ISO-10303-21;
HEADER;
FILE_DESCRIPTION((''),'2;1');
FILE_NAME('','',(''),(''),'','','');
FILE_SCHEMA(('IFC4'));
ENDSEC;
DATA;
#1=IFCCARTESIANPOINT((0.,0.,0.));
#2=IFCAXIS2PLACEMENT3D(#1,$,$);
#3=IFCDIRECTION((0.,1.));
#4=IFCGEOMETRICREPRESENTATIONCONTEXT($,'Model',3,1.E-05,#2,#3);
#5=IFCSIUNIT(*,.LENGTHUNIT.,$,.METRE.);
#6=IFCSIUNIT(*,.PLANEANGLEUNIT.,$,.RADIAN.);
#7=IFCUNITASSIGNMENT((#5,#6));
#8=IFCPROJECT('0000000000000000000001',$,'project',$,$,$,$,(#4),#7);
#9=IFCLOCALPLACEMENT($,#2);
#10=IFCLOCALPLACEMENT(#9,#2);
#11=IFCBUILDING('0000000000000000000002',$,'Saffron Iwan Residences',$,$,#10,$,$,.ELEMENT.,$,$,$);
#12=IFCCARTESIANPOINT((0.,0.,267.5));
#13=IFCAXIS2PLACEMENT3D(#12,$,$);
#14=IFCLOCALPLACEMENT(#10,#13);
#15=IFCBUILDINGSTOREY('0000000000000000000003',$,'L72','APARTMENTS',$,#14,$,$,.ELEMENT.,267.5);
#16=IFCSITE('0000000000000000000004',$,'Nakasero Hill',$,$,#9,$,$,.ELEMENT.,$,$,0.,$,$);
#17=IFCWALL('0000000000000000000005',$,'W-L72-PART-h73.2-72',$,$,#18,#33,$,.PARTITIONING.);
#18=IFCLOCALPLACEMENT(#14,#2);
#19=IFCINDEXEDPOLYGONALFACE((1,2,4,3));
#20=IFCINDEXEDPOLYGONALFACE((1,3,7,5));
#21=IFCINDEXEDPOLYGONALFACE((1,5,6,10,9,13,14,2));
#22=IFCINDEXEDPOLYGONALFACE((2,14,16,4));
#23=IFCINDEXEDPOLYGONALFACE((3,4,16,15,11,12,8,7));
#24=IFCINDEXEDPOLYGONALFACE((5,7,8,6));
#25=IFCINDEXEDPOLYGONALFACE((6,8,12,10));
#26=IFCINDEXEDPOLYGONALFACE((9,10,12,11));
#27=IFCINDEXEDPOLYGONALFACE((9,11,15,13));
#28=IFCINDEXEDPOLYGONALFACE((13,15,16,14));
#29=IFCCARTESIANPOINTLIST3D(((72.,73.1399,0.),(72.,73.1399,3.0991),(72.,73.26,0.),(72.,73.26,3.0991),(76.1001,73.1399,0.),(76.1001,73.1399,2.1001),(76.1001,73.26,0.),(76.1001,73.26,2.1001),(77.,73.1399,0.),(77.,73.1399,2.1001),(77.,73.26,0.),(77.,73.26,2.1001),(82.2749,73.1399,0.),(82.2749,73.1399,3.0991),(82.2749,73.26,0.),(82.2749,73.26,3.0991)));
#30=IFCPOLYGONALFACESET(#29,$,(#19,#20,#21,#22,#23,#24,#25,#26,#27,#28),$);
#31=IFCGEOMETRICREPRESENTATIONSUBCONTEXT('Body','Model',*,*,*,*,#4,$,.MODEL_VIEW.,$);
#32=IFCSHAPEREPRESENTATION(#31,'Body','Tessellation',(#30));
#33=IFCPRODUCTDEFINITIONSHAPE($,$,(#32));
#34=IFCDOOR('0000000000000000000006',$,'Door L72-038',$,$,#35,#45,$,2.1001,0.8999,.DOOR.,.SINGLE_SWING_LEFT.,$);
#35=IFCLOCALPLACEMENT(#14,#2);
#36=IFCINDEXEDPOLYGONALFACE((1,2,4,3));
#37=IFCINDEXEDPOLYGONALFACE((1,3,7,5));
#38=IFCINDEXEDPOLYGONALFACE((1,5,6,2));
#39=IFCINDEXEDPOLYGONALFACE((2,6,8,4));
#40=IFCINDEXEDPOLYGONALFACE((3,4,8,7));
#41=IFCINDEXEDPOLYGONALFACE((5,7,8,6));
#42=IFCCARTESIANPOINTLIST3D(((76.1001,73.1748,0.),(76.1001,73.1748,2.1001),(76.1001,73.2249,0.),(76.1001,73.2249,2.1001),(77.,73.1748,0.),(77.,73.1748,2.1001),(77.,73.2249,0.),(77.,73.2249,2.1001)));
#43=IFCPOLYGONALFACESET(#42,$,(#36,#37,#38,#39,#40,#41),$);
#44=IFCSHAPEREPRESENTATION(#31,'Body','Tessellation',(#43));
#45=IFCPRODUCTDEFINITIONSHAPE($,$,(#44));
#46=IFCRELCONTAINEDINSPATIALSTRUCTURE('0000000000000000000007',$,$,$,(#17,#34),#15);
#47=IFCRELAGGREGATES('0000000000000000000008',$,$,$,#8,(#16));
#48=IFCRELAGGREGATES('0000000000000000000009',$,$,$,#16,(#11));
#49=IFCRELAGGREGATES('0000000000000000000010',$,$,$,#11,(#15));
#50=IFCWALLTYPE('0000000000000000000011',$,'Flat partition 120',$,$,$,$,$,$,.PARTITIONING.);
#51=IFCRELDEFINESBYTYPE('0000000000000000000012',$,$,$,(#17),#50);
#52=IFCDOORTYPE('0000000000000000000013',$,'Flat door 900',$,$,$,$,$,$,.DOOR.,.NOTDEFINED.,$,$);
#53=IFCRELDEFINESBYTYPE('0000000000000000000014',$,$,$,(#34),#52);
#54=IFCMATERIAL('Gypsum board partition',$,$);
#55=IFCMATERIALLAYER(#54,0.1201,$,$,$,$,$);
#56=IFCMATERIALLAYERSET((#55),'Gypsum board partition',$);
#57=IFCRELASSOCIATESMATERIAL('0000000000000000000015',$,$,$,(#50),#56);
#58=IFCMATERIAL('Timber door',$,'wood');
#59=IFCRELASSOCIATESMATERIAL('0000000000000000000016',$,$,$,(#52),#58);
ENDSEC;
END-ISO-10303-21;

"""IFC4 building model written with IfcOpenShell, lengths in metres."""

from ifc_helpers import new_model, si_unit, direction, frame, frame_2d, origin, place, context, subcontext, project, spatial, rectangle, extrude, material, layer, layer_set, type_object, element, fill, save


model = new_model("IFC4")

# Units and contexts
model_context = context("Model", 3, precision=1e-05, world=origin(), true_north=direction((0.0, 1.0)))
body_context = subcontext(model_context, "Body", "Model", "MODEL_VIEW")
ifc_project = project(units=[si_unit("LENGTHUNIT", "METRE"), si_unit("PLANEANGLEUNIT", "RADIAN")], contexts=[model_context])

# Site, building, storey
site_placement = place(None, origin())
site = spatial("IfcSite", under=ifc_project, at=site_placement, Name="Nakasero Hill", CompositionType="ELEMENT", RefElevation=0.0)
building_placement = place(site_placement, origin())
building = spatial("IfcBuilding", under=site, at=building_placement, Name="Saffron Iwan Residences", CompositionType="ELEMENT")
storey_placement = place(building_placement, frame((0.0, 0.0, 267.5)))
storey = spatial("IfcBuildingStorey", under=building, at=storey_placement, Name="L72", Description="APARTMENTS", CompositionType="ELEMENT", Elevation=267.5)

# Wall, opening, door
ifc_material_1 = material(Name="Gypsum board partition")
ifc_layer_1 = layer(ifc_material_1, 0.1201)
ifc_layer_set_1 = layer_set([ifc_layer_1], Name="Gypsum board partition")
wall_type_1 = type_object("IfcWallType", Name="Flat partition 120", PredefinedType="PARTITIONING", material=ifc_layer_set_1)
wall_1_placement = place(storey_placement, frame((72.0, 73.2, 0.0), z_axis=(0.0, 0.0, 1.0), x_axis=(1.0, 0.0, 0.0)))
wall_1 = element("IfcWall", 1, at=wall_1_placement, inside=storey, type_object=wall_type_1, Name="W-L72-PART-h73.2-72", PredefinedType="PARTITIONING", context=body_context, shape_type="SweptSolid", body=[
    extrude(rectangle(XDim=10.2749, YDim=0.1201, at=frame_2d((5.1375, 0.0))), origin(), (0.0, 0.0, 1.0), 3.0991),
])
opening_1_placement = place(wall_1_placement, frame((4.1001, 0.0, 0.0)))
opening_1 = element("IfcOpeningElement", 2, at=opening_1_placement, cuts=wall_1, PredefinedType="OPENING", context=body_context, shape_type="SweptSolid", body=[
    extrude(rectangle(XDim=0.8999, YDim=2.1001, at=frame_2d((0.45, 1.05))), frame((0.0, 0.0701, 0.0), z_axis=(0.0, -1.0, 0.0), x_axis=(1.0, 0.0, 0.0)), (0.0, 0.0, 1.0), 0.1401),
])
ifc_material_2 = material(Name="Timber door", Category="wood")
door_type_1 = type_object("IfcDoorType", Name="Flat door 900", OperationType="NOTDEFINED", PredefinedType="DOOR", material=ifc_material_2)
door_1_placement = place(opening_1_placement, origin())
door_1 = element("IfcDoor", 3, at=door_1_placement, inside=storey, type_object=door_type_1, Name="Door L72-038", OperationType="SINGLE_SWING_LEFT", OverallHeight=2.1001, OverallWidth=0.8999, PredefinedType="DOOR", context=body_context, shape_type="SweptSolid", body=[
    extrude(rectangle(XDim=0.8999, YDim=2.1001, at=frame_2d((0.45, 1.05))), frame((0.0, 0.0249, 0.0), z_axis=(0.0, -1.0, 0.0), x_axis=(1.0, 0.0, 0.0)), (0.0, 0.0, 1.0), 0.05),
])
fill(opening_1, door_1)

save(model, "model.ifc")
